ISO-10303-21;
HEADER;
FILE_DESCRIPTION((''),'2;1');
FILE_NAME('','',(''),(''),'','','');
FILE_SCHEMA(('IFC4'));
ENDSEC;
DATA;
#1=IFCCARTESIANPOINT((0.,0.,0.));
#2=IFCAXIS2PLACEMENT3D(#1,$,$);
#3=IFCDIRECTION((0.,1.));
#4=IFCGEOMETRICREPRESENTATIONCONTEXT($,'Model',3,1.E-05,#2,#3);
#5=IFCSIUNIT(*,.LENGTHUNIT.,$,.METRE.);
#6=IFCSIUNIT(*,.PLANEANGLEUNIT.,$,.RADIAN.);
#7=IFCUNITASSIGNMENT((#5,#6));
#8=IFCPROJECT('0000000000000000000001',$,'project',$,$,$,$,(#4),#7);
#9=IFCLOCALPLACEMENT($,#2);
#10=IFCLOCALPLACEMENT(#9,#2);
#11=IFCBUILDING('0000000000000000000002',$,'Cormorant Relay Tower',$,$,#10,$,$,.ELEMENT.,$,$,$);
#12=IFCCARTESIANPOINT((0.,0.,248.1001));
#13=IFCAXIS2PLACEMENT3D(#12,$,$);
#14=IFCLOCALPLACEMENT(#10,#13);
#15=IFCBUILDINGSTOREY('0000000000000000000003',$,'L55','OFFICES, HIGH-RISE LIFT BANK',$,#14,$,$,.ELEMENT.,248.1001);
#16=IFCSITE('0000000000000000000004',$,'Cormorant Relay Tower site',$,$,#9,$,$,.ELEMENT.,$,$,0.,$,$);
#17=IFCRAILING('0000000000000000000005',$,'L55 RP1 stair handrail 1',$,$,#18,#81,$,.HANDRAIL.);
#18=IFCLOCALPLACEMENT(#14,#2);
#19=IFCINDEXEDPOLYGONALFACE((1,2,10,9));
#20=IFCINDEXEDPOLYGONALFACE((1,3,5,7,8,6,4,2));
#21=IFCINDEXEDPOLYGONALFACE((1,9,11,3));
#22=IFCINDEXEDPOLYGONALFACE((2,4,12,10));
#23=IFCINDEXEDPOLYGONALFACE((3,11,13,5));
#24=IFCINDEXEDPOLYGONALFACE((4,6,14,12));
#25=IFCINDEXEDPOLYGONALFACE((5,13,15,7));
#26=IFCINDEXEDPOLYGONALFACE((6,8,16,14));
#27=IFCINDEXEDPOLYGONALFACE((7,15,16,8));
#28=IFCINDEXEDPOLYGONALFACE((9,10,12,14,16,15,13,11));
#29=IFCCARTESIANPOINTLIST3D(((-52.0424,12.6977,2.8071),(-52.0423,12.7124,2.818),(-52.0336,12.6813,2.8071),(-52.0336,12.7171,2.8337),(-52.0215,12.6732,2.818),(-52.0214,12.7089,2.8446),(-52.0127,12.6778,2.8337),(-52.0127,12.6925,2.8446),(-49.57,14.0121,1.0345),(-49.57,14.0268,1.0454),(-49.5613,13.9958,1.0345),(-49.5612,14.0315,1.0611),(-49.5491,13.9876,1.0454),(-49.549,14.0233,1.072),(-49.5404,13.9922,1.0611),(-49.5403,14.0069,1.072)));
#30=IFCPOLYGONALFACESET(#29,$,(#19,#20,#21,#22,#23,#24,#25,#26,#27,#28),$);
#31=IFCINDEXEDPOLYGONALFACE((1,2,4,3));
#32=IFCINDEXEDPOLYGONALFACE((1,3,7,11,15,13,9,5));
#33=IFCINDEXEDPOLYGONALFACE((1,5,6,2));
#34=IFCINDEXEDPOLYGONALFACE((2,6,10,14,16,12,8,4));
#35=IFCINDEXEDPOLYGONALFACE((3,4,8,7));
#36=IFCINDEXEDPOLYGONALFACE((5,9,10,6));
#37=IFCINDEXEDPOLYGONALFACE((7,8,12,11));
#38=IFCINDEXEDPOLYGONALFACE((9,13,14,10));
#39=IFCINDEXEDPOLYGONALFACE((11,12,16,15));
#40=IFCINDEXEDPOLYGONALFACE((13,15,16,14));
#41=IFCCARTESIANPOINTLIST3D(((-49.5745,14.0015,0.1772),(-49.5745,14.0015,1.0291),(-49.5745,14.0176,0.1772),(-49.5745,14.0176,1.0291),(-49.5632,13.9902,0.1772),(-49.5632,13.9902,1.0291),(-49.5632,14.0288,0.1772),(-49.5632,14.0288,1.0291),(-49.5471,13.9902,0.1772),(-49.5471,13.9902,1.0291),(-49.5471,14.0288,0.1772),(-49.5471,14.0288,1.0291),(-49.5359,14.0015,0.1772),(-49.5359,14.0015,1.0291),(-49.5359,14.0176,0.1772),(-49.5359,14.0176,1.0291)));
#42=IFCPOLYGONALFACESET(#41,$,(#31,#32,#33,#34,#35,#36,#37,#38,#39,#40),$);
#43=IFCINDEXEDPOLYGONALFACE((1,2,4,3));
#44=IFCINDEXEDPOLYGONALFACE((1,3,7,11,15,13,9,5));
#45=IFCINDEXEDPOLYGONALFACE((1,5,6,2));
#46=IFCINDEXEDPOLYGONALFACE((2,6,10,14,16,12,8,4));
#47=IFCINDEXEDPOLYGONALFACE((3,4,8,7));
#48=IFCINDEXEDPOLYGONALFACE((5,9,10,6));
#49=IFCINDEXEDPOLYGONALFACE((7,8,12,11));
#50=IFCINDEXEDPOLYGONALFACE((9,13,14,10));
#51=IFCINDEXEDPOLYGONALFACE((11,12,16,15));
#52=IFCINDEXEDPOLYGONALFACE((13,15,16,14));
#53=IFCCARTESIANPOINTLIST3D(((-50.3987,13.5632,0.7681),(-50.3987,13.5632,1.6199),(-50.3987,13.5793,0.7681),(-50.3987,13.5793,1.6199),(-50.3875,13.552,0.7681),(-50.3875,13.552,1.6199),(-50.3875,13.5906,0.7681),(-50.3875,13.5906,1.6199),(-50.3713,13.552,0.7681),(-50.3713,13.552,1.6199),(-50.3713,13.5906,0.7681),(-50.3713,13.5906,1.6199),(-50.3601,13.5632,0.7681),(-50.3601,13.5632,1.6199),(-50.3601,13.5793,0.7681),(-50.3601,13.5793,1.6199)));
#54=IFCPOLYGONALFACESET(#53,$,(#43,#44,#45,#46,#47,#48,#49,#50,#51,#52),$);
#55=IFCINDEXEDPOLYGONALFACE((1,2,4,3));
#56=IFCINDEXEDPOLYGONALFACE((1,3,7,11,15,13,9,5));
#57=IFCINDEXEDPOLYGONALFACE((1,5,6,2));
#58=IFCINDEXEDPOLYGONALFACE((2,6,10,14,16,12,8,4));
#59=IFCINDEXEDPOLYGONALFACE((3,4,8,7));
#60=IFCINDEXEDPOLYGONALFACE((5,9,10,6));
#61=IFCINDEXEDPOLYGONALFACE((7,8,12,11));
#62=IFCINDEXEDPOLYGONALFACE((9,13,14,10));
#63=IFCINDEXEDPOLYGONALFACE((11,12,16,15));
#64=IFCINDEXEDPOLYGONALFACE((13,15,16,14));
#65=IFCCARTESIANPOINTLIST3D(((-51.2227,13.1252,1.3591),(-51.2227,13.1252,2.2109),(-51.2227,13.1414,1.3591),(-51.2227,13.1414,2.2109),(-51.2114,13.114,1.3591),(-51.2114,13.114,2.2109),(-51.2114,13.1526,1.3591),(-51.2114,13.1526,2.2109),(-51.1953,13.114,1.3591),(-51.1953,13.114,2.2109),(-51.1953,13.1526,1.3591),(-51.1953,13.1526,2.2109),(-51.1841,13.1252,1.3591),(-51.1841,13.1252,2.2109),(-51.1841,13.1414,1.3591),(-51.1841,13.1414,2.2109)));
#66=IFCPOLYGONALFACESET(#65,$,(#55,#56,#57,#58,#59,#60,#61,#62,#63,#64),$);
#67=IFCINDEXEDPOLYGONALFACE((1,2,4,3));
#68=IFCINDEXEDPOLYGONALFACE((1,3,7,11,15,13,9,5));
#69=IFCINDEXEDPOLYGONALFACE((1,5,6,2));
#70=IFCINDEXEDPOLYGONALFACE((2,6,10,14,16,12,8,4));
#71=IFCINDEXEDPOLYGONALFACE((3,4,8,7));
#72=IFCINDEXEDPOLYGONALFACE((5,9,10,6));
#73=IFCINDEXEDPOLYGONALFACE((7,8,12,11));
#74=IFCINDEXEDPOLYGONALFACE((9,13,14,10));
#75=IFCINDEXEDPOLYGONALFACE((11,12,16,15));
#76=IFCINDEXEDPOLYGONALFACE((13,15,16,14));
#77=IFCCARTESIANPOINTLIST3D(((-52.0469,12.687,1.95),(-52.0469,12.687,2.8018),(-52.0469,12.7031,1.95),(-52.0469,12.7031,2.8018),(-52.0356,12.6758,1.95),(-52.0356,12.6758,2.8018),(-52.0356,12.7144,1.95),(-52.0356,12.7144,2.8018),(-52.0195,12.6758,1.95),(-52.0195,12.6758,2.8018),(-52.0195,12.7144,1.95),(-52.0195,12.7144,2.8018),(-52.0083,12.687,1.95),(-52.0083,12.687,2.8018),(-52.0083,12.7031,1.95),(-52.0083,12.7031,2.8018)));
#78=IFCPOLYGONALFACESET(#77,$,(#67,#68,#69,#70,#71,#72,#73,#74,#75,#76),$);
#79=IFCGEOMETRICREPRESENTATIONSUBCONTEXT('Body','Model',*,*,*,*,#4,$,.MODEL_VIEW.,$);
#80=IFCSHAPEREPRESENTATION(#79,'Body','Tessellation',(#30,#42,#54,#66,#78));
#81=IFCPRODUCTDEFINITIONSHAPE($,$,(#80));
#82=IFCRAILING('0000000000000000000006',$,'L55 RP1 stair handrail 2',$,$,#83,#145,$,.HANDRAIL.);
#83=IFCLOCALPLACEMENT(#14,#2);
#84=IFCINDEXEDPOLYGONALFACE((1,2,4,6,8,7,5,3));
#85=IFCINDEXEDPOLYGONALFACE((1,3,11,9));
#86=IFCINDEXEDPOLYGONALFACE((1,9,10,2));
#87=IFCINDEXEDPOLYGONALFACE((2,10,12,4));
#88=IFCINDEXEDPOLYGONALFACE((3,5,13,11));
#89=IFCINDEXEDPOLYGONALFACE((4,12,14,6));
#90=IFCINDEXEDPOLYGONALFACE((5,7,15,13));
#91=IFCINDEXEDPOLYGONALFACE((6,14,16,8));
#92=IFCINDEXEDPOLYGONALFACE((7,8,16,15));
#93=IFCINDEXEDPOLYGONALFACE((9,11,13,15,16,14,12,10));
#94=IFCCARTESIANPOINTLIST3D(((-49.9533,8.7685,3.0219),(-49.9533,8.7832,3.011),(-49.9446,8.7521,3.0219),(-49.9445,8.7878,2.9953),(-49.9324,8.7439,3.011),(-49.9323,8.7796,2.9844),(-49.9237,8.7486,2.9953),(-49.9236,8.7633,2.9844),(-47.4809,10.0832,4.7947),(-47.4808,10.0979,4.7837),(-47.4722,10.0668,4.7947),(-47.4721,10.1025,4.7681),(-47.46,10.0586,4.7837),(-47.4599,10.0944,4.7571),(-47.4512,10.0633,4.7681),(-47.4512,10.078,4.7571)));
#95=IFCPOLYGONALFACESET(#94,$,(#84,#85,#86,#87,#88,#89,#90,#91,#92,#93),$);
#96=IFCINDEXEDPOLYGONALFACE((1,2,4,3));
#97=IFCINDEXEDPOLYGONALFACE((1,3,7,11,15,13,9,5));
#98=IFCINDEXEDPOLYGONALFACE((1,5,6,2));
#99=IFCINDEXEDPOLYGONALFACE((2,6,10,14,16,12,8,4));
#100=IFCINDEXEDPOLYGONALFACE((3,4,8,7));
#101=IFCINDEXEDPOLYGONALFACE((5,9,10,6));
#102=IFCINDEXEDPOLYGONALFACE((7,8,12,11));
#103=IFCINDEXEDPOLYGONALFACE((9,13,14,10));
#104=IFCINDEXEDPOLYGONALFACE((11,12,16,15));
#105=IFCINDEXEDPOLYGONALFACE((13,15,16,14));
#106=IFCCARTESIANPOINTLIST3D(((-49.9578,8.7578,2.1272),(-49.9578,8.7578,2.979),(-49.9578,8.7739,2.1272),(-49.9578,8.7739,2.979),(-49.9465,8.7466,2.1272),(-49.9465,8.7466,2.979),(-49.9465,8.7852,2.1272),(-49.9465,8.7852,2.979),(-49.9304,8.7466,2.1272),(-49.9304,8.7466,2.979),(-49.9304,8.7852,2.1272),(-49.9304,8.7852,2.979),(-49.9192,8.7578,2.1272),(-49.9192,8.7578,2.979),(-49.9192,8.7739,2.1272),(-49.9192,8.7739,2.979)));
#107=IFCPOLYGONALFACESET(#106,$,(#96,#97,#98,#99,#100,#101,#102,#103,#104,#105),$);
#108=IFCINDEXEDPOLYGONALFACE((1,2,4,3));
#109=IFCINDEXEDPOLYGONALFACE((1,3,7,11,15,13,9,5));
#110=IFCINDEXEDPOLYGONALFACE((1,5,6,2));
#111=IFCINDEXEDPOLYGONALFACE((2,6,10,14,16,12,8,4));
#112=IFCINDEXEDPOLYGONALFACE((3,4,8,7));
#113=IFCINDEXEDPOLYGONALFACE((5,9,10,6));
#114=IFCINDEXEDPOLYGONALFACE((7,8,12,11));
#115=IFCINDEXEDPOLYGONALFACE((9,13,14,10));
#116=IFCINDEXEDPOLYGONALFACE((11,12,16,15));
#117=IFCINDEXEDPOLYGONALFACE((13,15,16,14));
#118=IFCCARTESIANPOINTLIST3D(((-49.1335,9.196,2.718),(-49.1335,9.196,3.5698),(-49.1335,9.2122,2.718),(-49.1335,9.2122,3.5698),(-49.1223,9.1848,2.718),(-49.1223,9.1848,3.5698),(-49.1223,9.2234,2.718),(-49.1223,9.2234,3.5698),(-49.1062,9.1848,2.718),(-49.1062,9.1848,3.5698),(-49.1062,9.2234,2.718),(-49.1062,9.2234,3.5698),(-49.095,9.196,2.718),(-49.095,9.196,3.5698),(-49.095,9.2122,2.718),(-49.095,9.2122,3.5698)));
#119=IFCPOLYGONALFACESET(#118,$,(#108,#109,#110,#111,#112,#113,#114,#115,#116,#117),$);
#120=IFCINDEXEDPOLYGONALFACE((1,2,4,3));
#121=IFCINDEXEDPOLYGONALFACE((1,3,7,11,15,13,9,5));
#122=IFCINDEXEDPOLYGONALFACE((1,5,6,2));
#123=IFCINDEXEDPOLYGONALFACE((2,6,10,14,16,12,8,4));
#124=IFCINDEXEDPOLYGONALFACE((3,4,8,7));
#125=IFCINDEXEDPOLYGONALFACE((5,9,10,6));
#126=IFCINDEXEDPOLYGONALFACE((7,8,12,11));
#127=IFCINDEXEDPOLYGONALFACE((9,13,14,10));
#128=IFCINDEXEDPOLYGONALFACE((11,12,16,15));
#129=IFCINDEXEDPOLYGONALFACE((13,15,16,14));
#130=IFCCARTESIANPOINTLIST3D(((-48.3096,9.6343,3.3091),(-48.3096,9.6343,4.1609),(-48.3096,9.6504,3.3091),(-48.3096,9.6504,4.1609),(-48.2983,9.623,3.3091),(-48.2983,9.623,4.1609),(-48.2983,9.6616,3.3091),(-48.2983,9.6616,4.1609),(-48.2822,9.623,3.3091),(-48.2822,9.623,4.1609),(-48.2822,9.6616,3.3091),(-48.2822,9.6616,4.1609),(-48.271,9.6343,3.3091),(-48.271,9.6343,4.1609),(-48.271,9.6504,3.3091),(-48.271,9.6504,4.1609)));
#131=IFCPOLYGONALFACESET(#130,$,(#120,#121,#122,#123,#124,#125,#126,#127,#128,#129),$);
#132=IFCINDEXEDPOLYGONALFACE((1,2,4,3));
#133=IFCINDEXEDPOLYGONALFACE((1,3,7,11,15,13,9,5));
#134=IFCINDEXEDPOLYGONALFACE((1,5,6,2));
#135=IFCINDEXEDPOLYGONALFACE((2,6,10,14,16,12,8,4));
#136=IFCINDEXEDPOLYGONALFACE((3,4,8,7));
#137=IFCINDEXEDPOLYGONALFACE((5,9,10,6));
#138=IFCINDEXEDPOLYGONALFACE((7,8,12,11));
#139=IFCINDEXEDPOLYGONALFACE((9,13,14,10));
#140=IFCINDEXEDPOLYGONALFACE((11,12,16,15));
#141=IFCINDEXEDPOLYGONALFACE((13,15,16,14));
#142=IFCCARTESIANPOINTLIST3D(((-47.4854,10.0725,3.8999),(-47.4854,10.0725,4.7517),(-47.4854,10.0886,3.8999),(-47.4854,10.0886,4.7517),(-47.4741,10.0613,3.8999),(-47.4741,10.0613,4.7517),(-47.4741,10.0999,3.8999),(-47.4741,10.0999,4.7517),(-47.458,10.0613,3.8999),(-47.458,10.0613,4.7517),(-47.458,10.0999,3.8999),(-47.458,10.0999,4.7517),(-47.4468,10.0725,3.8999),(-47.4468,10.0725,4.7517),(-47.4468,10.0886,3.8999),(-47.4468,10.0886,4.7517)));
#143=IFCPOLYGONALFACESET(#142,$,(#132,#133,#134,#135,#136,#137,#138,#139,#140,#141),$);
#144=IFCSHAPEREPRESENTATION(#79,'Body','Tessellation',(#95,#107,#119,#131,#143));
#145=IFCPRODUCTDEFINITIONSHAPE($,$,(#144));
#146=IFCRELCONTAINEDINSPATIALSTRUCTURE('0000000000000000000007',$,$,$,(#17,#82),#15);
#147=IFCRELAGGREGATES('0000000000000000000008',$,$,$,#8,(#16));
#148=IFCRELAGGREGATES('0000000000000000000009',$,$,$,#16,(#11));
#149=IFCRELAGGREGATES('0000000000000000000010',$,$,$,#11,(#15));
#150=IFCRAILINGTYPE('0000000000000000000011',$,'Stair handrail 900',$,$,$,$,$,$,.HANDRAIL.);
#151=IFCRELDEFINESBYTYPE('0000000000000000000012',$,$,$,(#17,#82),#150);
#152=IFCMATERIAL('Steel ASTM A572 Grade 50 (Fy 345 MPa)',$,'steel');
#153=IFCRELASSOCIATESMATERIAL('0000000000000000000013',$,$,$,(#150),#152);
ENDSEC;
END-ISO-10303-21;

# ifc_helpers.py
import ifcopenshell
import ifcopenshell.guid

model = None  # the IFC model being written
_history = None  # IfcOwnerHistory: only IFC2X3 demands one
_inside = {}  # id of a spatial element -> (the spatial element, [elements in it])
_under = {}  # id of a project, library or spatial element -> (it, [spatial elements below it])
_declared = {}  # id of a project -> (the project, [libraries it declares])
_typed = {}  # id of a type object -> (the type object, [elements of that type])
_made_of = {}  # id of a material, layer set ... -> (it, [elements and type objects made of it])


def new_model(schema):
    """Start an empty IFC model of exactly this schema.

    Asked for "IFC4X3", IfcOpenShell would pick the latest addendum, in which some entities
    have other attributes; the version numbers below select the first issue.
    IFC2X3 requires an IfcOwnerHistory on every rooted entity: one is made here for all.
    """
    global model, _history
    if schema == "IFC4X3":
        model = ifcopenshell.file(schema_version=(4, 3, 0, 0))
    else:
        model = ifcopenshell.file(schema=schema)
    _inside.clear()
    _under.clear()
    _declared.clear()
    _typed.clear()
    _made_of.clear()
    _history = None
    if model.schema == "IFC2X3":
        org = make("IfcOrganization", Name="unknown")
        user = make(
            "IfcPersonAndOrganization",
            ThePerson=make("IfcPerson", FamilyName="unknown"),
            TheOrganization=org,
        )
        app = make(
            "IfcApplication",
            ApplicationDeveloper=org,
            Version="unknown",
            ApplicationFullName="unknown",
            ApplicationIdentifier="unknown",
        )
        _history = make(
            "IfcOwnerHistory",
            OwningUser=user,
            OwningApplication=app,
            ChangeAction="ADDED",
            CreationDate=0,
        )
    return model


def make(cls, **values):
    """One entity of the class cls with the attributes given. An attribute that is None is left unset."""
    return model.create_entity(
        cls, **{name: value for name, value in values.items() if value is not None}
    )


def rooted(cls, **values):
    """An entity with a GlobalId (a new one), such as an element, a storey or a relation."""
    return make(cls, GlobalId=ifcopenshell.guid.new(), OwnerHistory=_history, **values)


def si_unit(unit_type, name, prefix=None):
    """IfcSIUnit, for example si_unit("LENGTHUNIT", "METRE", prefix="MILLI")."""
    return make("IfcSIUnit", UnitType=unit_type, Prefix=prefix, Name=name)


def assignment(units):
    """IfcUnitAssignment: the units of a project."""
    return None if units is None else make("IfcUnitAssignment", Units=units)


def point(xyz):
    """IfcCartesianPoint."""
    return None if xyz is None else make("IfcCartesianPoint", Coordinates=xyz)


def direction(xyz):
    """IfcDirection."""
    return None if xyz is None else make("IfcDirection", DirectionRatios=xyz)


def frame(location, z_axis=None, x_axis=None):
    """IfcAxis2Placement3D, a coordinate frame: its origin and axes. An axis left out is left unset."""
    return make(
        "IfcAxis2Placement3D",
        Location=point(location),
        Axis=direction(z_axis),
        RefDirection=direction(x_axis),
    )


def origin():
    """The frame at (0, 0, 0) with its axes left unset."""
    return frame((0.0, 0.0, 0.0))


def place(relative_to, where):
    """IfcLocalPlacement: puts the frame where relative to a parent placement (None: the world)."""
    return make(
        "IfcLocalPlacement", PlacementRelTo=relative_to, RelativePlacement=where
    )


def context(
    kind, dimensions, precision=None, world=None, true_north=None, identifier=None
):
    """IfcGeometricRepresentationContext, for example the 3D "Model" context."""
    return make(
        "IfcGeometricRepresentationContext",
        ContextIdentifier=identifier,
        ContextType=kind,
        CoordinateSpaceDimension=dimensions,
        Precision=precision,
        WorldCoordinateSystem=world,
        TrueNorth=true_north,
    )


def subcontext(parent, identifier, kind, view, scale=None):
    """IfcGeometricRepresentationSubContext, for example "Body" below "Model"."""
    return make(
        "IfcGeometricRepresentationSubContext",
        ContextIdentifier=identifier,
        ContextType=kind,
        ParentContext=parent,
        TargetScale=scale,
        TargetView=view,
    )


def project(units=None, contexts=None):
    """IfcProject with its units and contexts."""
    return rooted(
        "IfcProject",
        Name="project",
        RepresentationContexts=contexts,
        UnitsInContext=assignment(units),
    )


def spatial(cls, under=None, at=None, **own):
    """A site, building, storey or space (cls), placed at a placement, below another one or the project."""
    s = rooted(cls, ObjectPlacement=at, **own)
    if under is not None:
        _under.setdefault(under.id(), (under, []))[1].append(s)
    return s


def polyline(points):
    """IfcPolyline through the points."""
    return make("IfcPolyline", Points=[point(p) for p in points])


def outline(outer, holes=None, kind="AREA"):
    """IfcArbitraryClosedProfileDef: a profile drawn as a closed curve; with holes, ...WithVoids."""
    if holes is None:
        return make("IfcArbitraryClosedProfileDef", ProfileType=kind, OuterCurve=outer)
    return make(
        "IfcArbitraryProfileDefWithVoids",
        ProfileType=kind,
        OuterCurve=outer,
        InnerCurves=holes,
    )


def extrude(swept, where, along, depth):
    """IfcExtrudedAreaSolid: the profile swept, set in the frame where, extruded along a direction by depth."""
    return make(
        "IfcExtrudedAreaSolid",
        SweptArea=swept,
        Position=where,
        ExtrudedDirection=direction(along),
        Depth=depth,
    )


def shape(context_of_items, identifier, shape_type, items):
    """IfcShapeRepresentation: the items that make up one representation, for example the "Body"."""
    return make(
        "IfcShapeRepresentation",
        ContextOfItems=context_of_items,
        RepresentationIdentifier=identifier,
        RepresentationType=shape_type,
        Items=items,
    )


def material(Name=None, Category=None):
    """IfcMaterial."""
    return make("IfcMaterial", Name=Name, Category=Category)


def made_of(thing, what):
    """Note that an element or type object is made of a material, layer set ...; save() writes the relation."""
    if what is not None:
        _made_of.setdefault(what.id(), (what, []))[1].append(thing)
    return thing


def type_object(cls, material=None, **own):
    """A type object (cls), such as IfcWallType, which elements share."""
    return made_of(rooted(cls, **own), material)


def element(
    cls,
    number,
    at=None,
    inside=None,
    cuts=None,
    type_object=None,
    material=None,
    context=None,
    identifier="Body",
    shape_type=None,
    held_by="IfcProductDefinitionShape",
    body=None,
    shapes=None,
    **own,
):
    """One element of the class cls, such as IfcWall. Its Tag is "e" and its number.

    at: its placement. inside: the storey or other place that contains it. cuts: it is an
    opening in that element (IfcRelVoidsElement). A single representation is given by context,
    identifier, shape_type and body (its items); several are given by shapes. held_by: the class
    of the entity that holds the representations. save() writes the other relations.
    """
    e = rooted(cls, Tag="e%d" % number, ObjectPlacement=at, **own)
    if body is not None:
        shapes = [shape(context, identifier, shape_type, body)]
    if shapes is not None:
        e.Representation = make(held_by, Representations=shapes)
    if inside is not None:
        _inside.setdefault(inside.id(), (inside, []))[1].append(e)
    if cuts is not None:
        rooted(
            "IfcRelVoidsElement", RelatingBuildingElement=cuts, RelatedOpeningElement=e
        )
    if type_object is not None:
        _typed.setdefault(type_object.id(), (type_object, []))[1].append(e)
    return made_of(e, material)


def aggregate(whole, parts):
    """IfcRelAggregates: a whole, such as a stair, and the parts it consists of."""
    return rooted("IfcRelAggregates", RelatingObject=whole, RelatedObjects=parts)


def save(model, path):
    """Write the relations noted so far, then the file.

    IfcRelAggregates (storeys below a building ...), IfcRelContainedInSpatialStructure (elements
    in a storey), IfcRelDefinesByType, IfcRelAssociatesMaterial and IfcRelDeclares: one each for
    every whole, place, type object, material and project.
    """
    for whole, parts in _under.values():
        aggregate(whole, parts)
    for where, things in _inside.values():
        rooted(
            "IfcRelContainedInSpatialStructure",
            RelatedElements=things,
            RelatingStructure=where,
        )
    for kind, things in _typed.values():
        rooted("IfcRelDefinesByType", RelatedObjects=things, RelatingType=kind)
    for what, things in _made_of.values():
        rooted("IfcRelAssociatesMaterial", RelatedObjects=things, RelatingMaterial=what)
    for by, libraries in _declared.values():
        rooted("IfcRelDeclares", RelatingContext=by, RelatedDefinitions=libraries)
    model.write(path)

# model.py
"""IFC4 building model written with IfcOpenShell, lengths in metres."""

from ifc_helpers import new_model, si_unit, direction, frame, origin, place, context, subcontext, project, spatial, polyline, outline, extrude, material, type_object, element, save


model = new_model("IFC4")

# Units and contexts
model_context = context("Model", 3, precision=1e-05, world=origin(), true_north=direction((0.0, 1.0)))
body_context = subcontext(model_context, "Body", "Model", "MODEL_VIEW")
ifc_project = project(units=[si_unit("LENGTHUNIT", "METRE"), si_unit("PLANEANGLEUNIT", "RADIAN")], contexts=[model_context])

# Site, building, storey
site_placement = place(None, origin())
site = spatial("IfcSite", under=ifc_project, at=site_placement, Name="Cormorant Relay Tower site", CompositionType="ELEMENT", RefElevation=0.0)
building_placement = place(site_placement, origin())
building = spatial("IfcBuilding", under=site, at=building_placement, Name="Cormorant Relay Tower", CompositionType="ELEMENT")
storey_placement = place(building_placement, frame((0.0, 0.0, 248.1001)))
storey = spatial("IfcBuildingStorey", under=building, at=storey_placement, Name="L55", Description="OFFICES, HIGH-RISE LIFT BANK", CompositionType="ELEMENT", Elevation=248.1001)

# Railings
ifc_material_1 = material(Name="Steel ASTM A572 Grade 50 (Fy 345 MPa)", Category="steel")
railing_type_1 = type_object("IfcRailingType", Name="Stair handrail 900", PredefinedType="HANDRAIL", material=ifc_material_1)
railing_1_placement = place(storey_placement, frame((-49.5552, 14.0095, 0.1772)))
element("IfcRailing", 1, at=railing_1_placement, inside=storey, type_object=railing_type_1, Name="L55 RP1 stair handrail 1", PredefinedType="HANDRAIL", context=body_context, shape_type="SweptSolid", body=[
    extrude(outline(polyline([(0.0222, 0.0093), (0.0093, 0.0222), (-0.0093, 0.0222), (-0.0222, 0.0093), (-0.0222, -0.0093), (-0.0093, -0.0222), (0.0093, -0.0222), (0.0222, -0.0093), (0.0222, 0.0093)])), frame((0.0, 0.0, 0.876), z_axis=(-0.746034, -0.396627, 0.534902), x_axis=(0.469429, -0.88297, 0.0)), (0.0, 0.0, 1.0), 3.314),
    extrude(outline(polyline([(0.0193, 0.0081), (0.0081, 0.0193), (-0.0081, 0.0193), (-0.0193, 0.0081), (-0.0193, -0.0081), (-0.0081, -0.0193), (0.0081, -0.0193), (0.0193, -0.0081), (0.0193, 0.0081)])), origin(), (0.0, 0.0, 1.0), 0.8518),
    extrude(outline(polyline([(0.0193, 0.0081), (0.0081, 0.0193), (-0.0081, 0.0193), (-0.0193, 0.0081), (-0.0193, -0.0081), (-0.0081, -0.0193), (0.0081, -0.0193), (0.0193, -0.0081), (0.0193, 0.0081)])), frame((-0.8242, -0.4382, 0.5908)), (0.0, 0.0, 1.0), 0.8518),
    extrude(outline(polyline([(0.0193, 0.0081), (0.0081, 0.0193), (-0.0081, 0.0193), (-0.0193, 0.0081), (-0.0193, -0.0081), (-0.0081, -0.0193), (0.0081, -0.0193), (0.0193, -0.0081), (0.0193, 0.0081)])), frame((-1.6482, -0.8762, 1.1819)), (0.0, 0.0, 1.0), 0.8518),
    extrude(outline(polyline([(0.0193, 0.0081), (0.0081, 0.0193), (-0.0081, 0.0193), (-0.0193, 0.0081), (-0.0193, -0.0081), (-0.0081, -0.0193), (0.0081, -0.0193), (0.0193, -0.0081), (0.0193, 0.0081)])), frame((-2.4724, -1.3145, 1.7727)), (0.0, 0.0, 1.0), 0.8518),
])
railing_2_placement = place(storey_placement, frame((-49.9385, 8.7659, 2.1272)))
element("IfcRailing", 2, at=railing_2_placement, inside=storey, type_object=railing_type_1, Name="L55 RP1 stair handrail 2", PredefinedType="HANDRAIL", context=body_context, shape_type="SweptSolid", body=[
    extrude(outline(polyline([(0.0222, 0.0093), (0.0093, 0.0222), (-0.0093, 0.0222), (-0.0222, 0.0093), (-0.0222, -0.0093), (-0.0093, -0.0222), (0.0093, -0.0222), (0.0222, -0.0093), (0.0222, 0.0093)])), frame((0.0, 0.0, 0.876), z_axis=(0.746012, 0.39669, 0.534886), x_axis=(-0.469497, 0.882934, 0.0)), (0.0, 0.0, 1.0), 3.3142),
    extrude(outline(polyline([(0.0193, 0.0081), (0.0081, 0.0193), (-0.0081, 0.0193), (-0.0193, 0.0081), (-0.0193, -0.0081), (-0.0081, -0.0193), (0.0081, -0.0193), (0.0193, -0.0081), (0.0193, 0.0081)])), origin(), (0.0, 0.0, 1.0), 0.8518),
    extrude(outline(polyline([(0.0193, 0.0081), (0.0081, 0.0193), (-0.0081, 0.0193), (-0.0193, 0.0081), (-0.0193, -0.0081), (-0.0081, -0.0193), (0.0081, -0.0193), (0.0193, -0.0081), (0.0193, 0.0081)])), frame((0.8242, 0.4382, 0.5908)), (0.0, 0.0, 1.0), 0.8518),
    extrude(outline(polyline([(0.0193, 0.0081), (0.0081, 0.0193), (-0.0081, 0.0193), (-0.0193, 0.0081), (-0.0193, -0.0081), (-0.0081, -0.0193), (0.0081, -0.0193), (0.0193, -0.0081), (0.0193, 0.0081)])), frame((1.6482, 0.8765, 1.1819)), (0.0, 0.0, 1.0), 0.8518),
    extrude(outline(polyline([(0.0193, 0.0081), (0.0081, 0.0193), (-0.0081, 0.0193), (-0.0193, 0.0081), (-0.0193, -0.0081), (-0.0081, -0.0193), (0.0081, -0.0193), (0.0193, -0.0081), (0.0193, 0.0081)])), frame((2.4724, 1.3147, 1.7727)), (0.0, 0.0, 1.0), 0.8518),
])

save(model, "model.ifc")
